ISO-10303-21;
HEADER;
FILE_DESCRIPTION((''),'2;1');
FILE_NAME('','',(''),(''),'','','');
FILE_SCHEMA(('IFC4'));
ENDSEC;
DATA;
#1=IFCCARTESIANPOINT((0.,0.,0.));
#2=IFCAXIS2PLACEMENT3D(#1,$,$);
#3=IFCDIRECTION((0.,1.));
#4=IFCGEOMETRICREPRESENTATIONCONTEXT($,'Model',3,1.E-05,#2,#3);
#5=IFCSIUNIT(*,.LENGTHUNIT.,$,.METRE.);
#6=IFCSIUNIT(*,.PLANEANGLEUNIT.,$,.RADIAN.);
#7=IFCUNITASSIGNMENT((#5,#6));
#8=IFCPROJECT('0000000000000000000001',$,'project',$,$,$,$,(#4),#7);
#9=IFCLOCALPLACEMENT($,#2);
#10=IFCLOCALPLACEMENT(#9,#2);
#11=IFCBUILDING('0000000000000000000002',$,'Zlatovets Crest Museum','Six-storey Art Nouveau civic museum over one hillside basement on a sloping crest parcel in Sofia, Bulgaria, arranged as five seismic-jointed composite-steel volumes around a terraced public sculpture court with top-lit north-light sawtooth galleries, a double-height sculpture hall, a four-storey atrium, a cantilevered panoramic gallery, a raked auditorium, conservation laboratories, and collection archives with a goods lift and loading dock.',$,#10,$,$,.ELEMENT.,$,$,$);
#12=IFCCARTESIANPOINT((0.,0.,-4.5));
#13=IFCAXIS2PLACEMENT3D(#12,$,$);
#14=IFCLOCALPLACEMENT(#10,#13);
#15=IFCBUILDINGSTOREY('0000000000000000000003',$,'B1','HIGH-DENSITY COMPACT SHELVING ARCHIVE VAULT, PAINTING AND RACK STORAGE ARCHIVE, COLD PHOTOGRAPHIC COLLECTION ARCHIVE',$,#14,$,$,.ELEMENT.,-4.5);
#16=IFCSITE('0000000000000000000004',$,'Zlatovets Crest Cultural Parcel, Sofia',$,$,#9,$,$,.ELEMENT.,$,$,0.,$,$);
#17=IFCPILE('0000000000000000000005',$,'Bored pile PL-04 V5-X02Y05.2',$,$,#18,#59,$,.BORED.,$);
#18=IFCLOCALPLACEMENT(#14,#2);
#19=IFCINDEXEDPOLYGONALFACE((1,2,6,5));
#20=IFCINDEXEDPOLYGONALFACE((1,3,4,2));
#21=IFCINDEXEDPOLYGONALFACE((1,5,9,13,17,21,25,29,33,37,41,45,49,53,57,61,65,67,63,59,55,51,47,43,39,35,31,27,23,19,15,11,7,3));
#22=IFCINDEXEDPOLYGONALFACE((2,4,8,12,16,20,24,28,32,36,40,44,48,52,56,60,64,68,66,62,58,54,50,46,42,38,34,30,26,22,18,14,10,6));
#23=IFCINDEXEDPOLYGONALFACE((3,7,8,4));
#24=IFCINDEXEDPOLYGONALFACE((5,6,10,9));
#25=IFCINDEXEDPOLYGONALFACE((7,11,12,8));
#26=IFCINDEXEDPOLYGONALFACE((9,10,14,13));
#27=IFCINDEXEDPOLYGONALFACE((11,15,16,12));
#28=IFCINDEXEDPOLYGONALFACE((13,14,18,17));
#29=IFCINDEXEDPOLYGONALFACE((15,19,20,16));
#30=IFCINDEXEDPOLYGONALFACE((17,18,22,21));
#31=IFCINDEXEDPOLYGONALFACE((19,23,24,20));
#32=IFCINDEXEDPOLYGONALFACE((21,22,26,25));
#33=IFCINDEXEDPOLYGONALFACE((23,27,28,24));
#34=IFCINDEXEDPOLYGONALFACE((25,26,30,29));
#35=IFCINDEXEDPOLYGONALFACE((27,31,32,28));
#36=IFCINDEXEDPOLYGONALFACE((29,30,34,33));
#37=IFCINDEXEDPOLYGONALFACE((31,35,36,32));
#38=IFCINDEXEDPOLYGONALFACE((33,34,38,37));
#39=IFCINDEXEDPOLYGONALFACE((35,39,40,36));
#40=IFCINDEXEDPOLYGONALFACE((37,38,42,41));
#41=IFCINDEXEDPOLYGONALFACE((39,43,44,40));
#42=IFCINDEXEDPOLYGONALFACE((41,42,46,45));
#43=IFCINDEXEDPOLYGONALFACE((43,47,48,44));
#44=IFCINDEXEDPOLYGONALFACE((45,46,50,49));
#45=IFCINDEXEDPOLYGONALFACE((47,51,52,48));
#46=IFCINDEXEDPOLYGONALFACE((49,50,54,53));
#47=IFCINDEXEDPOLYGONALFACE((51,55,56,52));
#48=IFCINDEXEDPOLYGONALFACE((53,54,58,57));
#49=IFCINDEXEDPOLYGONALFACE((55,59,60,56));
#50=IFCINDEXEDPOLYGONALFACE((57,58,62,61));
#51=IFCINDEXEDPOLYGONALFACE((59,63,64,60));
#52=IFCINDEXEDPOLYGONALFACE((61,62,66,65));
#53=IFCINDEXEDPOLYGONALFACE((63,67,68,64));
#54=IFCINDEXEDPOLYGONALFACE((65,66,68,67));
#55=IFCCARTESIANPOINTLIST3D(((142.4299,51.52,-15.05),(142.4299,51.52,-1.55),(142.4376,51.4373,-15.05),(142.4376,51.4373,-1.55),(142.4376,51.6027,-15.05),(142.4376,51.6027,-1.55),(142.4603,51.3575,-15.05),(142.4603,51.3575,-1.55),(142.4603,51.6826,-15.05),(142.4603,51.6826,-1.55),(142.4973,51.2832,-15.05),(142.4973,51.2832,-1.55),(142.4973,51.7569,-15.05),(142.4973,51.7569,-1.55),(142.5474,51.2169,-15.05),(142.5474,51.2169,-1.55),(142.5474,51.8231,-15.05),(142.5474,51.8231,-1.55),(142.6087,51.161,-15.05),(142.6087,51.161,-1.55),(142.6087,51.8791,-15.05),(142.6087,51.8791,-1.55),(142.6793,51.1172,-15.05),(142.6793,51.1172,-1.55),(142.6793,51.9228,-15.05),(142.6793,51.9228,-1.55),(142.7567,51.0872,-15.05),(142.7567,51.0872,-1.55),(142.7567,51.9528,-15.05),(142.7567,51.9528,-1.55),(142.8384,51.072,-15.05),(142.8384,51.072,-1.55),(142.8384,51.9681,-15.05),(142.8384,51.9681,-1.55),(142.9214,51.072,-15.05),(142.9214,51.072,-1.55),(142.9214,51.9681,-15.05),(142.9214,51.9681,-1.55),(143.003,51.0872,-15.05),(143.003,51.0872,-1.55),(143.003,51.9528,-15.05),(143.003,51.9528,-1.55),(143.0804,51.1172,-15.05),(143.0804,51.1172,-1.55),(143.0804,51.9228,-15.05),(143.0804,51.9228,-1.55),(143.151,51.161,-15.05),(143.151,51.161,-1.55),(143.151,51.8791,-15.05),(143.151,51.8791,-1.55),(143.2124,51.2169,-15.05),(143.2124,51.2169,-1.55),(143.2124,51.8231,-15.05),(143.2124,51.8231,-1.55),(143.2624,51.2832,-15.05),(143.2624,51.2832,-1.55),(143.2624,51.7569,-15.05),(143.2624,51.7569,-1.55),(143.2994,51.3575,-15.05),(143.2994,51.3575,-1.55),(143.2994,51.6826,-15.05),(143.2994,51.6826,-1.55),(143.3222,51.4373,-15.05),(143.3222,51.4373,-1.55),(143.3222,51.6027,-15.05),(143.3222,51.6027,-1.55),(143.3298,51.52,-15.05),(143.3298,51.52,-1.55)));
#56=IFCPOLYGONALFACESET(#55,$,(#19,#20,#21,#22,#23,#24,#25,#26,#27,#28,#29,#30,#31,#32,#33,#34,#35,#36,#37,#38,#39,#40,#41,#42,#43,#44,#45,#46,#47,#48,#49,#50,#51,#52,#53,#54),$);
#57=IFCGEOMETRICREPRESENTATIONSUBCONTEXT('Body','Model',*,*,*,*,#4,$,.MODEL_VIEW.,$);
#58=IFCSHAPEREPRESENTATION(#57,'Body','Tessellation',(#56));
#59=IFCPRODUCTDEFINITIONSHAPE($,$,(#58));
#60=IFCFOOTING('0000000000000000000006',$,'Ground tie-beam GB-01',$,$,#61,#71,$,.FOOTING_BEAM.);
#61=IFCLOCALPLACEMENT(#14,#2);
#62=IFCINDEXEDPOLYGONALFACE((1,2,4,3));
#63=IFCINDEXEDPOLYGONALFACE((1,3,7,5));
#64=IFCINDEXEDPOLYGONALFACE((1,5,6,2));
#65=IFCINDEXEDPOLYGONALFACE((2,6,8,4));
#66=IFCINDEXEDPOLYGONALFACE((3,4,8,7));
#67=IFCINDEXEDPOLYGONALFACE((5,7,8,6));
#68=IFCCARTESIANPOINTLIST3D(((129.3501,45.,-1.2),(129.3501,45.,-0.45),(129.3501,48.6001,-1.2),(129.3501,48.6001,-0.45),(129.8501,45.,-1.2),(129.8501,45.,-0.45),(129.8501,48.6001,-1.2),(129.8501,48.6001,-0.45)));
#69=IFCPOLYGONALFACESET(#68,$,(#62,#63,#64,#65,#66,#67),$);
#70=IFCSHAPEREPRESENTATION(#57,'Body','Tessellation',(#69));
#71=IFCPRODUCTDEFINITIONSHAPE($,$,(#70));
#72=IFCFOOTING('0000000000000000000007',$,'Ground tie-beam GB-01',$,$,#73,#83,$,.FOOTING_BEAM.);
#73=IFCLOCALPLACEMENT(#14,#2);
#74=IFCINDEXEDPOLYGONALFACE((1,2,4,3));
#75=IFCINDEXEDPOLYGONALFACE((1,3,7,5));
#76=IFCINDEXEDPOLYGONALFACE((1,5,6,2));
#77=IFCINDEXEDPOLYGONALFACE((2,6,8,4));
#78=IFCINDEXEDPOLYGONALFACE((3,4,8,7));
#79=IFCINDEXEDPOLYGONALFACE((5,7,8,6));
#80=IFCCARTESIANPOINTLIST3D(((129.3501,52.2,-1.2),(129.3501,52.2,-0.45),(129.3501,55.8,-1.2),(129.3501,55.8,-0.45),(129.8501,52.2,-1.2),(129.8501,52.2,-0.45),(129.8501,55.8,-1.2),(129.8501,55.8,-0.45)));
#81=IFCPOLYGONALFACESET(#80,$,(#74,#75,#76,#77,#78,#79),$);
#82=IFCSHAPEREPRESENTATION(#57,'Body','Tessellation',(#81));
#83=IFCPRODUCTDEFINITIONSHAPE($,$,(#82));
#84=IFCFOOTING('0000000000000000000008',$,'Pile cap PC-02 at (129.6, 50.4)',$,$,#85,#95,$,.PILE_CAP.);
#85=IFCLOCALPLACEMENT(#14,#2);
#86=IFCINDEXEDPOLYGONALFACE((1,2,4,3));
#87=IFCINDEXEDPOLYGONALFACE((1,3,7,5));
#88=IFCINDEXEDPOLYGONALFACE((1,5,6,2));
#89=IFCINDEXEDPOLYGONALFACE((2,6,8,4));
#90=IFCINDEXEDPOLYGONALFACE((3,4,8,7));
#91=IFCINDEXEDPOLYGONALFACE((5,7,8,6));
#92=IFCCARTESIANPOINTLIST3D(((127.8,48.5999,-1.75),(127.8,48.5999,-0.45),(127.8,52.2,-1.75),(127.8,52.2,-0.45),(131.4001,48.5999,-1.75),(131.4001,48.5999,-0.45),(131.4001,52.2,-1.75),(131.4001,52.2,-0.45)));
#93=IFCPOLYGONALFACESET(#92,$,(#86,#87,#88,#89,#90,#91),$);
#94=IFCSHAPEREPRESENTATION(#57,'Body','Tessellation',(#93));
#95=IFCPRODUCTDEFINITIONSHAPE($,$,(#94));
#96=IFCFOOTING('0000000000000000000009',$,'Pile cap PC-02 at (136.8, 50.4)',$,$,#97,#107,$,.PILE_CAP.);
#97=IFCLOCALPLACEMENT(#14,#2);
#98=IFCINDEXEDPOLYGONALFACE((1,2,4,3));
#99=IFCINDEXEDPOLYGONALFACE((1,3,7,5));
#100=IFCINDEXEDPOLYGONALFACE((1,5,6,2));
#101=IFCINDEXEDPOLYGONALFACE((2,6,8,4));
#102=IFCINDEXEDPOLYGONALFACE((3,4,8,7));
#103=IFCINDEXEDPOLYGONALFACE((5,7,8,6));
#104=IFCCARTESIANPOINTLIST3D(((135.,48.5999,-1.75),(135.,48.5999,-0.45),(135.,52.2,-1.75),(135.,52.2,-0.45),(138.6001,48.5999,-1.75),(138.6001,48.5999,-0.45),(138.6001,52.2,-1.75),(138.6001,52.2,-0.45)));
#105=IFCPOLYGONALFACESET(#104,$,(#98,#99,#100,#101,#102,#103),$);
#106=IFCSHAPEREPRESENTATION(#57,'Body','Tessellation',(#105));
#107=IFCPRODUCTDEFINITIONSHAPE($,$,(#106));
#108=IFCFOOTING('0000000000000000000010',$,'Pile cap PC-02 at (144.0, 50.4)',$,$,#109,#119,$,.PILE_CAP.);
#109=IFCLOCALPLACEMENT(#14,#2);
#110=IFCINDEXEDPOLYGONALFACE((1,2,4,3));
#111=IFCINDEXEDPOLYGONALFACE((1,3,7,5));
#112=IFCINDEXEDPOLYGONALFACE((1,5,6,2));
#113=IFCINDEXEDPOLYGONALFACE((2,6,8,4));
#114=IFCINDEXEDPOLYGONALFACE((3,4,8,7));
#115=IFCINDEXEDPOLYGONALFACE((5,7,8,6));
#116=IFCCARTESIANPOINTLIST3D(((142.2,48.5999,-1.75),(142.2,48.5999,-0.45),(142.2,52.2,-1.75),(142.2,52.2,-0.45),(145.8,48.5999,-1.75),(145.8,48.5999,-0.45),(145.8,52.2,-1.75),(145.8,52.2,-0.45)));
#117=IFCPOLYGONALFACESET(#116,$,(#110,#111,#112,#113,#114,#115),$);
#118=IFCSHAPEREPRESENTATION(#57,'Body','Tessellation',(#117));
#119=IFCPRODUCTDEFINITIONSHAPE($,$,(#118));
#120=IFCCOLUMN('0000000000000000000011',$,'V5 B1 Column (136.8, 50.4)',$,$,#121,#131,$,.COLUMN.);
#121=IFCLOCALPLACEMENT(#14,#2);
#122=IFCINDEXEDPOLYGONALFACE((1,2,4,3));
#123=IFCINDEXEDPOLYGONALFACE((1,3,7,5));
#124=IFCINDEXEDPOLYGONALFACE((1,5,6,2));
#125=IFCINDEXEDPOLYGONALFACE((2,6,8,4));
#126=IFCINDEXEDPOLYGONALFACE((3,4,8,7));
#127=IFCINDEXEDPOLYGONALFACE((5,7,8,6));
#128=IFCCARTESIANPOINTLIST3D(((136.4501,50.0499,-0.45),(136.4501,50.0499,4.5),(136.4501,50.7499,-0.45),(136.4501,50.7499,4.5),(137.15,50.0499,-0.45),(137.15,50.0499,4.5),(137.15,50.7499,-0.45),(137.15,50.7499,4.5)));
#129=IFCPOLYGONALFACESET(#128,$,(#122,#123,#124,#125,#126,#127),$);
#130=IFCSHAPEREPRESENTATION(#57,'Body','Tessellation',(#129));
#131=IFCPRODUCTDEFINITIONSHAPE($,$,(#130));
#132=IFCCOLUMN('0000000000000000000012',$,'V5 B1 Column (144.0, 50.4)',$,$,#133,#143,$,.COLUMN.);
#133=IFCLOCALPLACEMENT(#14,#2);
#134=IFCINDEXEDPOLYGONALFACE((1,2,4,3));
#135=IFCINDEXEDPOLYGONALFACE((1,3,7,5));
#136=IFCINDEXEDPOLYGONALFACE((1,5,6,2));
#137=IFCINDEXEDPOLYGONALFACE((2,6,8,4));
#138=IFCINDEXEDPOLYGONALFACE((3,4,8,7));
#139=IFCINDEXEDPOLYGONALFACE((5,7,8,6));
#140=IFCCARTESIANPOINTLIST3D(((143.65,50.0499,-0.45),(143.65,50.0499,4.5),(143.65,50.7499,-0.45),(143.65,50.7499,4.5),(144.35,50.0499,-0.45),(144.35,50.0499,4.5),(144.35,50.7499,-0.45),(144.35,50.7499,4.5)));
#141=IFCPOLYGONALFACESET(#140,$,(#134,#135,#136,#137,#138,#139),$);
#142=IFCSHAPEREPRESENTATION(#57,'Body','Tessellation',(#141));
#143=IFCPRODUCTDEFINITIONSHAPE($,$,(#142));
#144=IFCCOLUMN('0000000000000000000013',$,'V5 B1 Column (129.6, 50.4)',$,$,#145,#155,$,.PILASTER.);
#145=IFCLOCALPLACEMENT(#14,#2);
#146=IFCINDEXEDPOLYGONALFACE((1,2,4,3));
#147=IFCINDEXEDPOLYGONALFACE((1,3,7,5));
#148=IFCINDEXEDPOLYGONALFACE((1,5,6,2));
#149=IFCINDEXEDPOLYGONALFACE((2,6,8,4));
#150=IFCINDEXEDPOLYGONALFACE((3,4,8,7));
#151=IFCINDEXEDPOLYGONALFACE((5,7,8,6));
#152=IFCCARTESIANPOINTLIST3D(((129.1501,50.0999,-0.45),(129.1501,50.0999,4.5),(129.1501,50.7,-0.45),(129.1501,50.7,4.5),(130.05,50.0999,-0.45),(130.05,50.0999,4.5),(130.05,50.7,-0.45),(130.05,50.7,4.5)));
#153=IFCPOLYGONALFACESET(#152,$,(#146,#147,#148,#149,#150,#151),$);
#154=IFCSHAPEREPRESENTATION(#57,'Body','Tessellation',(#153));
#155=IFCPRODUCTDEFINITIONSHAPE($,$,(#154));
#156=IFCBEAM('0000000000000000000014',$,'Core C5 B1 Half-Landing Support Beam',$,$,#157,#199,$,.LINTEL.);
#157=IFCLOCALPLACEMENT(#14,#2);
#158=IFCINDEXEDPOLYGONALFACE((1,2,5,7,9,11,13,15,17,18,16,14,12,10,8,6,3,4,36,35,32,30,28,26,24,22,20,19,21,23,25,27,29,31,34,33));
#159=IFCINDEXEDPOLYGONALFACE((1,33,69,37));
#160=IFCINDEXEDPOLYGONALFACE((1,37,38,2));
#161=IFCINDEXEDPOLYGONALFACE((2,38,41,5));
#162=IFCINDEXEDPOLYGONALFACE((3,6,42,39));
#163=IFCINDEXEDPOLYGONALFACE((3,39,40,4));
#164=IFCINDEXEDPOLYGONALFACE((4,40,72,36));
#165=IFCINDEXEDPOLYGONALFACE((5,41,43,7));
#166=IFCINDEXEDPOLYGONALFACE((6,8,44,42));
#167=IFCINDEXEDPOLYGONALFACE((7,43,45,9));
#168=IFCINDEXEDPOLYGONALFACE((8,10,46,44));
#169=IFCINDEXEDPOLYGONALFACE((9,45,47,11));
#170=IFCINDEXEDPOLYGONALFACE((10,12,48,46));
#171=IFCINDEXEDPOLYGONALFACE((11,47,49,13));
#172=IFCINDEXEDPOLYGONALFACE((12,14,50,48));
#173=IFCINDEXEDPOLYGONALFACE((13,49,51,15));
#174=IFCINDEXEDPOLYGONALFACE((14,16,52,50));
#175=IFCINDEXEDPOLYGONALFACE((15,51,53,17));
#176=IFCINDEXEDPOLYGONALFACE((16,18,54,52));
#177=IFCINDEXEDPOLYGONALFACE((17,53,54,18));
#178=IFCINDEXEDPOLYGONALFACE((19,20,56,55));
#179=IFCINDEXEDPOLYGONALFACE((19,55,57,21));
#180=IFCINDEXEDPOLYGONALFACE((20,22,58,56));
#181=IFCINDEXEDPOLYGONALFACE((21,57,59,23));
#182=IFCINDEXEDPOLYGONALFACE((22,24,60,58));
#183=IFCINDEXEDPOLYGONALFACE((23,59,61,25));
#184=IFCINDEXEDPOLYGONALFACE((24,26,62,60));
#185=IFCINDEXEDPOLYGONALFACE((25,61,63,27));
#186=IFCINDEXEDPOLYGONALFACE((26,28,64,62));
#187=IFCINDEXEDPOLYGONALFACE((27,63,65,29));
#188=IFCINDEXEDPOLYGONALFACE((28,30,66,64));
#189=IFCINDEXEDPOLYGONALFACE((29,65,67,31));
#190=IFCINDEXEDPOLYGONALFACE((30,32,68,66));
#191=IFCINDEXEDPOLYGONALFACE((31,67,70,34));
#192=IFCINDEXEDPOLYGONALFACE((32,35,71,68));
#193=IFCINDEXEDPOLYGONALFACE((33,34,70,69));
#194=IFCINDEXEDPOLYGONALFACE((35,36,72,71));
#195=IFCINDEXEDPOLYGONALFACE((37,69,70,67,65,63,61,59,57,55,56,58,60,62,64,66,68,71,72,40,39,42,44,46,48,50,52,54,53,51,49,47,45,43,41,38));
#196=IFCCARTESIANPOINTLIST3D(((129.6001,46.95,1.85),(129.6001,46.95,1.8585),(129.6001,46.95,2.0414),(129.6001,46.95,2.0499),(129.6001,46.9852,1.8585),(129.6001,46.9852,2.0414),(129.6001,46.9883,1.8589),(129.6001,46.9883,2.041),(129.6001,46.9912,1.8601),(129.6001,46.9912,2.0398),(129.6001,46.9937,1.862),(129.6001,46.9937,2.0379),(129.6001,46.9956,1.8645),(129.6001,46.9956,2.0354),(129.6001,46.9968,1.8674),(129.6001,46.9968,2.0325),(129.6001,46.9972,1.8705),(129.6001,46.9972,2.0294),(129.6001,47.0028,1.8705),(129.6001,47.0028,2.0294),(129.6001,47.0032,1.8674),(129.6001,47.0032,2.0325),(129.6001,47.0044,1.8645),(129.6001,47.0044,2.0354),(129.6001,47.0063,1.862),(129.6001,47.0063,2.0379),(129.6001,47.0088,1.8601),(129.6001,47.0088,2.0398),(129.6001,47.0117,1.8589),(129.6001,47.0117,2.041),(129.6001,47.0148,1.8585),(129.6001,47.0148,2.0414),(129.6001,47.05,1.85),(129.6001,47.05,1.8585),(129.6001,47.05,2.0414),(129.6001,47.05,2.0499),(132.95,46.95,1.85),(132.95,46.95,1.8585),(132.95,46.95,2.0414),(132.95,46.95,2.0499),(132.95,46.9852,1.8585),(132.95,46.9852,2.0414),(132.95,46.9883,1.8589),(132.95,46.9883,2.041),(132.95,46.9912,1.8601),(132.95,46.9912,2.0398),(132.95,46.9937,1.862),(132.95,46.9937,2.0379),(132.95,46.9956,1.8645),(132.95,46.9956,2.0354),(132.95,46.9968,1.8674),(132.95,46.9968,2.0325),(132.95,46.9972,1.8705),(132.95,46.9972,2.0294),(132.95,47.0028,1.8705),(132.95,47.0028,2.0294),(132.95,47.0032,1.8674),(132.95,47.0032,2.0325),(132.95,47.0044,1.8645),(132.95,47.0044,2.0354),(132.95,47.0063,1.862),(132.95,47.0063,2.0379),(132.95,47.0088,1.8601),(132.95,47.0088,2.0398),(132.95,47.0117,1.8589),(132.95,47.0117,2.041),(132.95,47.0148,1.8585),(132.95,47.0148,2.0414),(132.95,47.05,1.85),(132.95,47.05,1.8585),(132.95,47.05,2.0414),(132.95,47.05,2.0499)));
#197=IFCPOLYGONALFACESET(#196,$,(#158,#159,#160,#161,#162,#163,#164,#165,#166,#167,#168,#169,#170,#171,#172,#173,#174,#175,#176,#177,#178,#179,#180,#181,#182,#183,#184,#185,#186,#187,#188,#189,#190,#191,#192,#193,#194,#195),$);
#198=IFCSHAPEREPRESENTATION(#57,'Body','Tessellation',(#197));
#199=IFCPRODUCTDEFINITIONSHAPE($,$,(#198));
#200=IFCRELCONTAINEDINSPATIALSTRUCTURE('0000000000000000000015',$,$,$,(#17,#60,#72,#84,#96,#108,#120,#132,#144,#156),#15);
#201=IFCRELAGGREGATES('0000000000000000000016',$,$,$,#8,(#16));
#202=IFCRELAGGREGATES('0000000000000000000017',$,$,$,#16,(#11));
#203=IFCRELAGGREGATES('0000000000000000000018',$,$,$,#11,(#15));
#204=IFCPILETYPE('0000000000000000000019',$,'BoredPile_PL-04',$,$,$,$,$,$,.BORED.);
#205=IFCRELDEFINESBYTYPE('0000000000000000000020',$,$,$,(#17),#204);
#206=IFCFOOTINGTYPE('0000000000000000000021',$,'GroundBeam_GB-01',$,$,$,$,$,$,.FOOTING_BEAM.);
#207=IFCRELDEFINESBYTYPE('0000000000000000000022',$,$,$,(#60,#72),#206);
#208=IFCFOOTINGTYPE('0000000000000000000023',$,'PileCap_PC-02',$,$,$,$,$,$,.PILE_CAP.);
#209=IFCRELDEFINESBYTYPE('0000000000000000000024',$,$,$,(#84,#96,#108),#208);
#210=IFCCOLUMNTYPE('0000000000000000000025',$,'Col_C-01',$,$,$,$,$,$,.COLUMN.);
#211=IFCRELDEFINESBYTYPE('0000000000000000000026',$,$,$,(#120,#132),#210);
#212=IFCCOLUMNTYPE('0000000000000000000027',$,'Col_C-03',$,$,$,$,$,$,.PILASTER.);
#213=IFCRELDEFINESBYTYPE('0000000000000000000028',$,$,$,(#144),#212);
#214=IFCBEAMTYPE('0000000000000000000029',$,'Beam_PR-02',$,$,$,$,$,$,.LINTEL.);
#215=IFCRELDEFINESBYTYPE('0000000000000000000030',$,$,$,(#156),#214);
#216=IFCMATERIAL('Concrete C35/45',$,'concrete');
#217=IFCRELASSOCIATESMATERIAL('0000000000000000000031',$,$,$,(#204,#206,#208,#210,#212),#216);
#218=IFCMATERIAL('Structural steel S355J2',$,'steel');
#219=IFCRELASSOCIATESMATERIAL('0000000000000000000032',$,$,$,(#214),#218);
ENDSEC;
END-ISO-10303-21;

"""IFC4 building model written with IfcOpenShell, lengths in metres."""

from ifc_helpers import new_model, si_unit, direction, frame, origin, origin_2d, place, context, subcontext, project, spatial, rectangle, circle, i_section, extrude, material, material_profile, profile_set, type_object, element, save


model = new_model("IFC4")

# Units and contexts
model_context = context("Model", 3, precision=1e-05, world=origin(), true_north=direction((0.0, 1.0)))
body_context = subcontext(model_context, "Body", "Model", "MODEL_VIEW")
ifc_project = project(units=[si_unit("LENGTHUNIT", "METRE"), si_unit("PLANEANGLEUNIT", "RADIAN")], contexts=[model_context])

# Site, building, storey
site_placement = place(None, origin())
site = spatial("IfcSite", under=ifc_project, at=site_placement, Name="Zlatovets Crest Cultural Parcel, Sofia", CompositionType="ELEMENT", RefElevation=0.0)
building_placement = place(site_placement, origin())
building = spatial("IfcBuilding", under=site, at=building_placement, Name="Zlatovets Crest Museum", Description="Six-storey Art Nouveau civic museum over one hillside basement on a sloping crest parcel in Sofia, Bulgaria, arranged as five seismic-jointed composite-steel volumes around a terraced public sculpture court with top-lit north-light sawtooth galleries, a double-height sculpture hall, a four-storey atrium, a cantilevered panoramic gallery, a raked auditorium, conservation laboratories, and collection archives with a goods lift and loading dock.", CompositionType="ELEMENT")
storey_placement = place(building_placement, frame((0.0, 0.0, -4.5)))
storey = spatial("IfcBuildingStorey", under=building, at=storey_placement, Name="B1", Description="HIGH-DENSITY COMPACT SHELVING ARCHIVE VAULT, PAINTING AND RACK STORAGE ARCHIVE, COLD PHOTOGRAPHIC COLLECTION ARCHIVE", CompositionType="ELEMENT", Elevation=-4.5)

# Pile
ifc_material_1 = material(Name="Concrete C35/45", Category="concrete")
ifc_material_profile_1 = material_profile(ifc_material_1, circle(Radius=0.45, at=origin_2d()), Name="PILE D900")
ifc_profile_set_1 = profile_set([ifc_material_profile_1], Name="Concrete C35/45")
pile_type = type_object("IfcPileType", Name="BoredPile_PL-04", PredefinedType="BORED", material=ifc_profile_set_1)
for number, where, z_axis, x_axis, name in (
    (1, (142.8799, 51.52, -1.55), (0.0, 0.0, -1.0), (1.0, 0.0, 0.0), "Bored pile PL-04 V5-X02Y05.2"),
):
    element("IfcPile", number, at=place(storey_placement, frame(where, z_axis=z_axis, x_axis=x_axis)), inside=storey, type_object=pile_type, Name=name, PredefinedType="BORED", context=body_context, shape_type="SweptSolid", body=[
        extrude(circle(Radius=0.45, at=origin_2d()), origin(), (0.0, 0.0, 1.0), 13.5),
    ])

# Footings
ifc_material_profile_2 = material_profile(ifc_material_1, rectangle(XDim=0.5, YDim=0.75, at=origin_2d()), Name="RC 500x750")
ifc_profile_set_2 = profile_set([ifc_material_profile_2], Name="Concrete C35/45")
footing_type_1 = type_object("IfcFootingType", Name="GroundBeam_GB-01", PredefinedType="FOOTING_BEAM", material=ifc_profile_set_2)
for number, where, z_axis, x_axis, name in (
    (2, (129.6001, 45.0, -0.825), (0.0, 1.0, 0.0), (-1.0, 0.0, 0.0), "Ground tie-beam GB-01"),
    (3, (129.6001, 52.2, -0.825), (0.0, 1.0, 0.0), (-1.0, 0.0, 0.0), "Ground tie-beam GB-01"),
):
    element("IfcFooting", number, at=place(storey_placement, frame(where, z_axis=z_axis, x_axis=x_axis)), inside=storey, type_object=footing_type_1, Name=name, PredefinedType="FOOTING_BEAM", context=body_context, shape_type="SweptSolid", body=[
        extrude(rectangle(XDim=0.5, YDim=0.75, at=origin_2d()), origin(), (0.0, 0.0, 1.0), 3.6001),
    ])
footing_type_2 = type_object("IfcFootingType", Name="PileCap_PC-02", PredefinedType="PILE_CAP", material=ifc_material_1)
for number, where, z_axis, x_axis, name in (
    (4, (129.6001, 50.3999, -1.75), (0.0, 0.0, 1.0), (1.0, 0.0, 0.0), "Pile cap PC-02 at (129.6, 50.4)"),
    (5, (136.8, 50.3999, -1.75), (0.0, 0.0, 1.0), (1.0, 0.0, 0.0), "Pile cap PC-02 at (136.8, 50.4)"),
    (6, (144.0, 50.3999, -1.75), (0.0, 0.0, 1.0), (1.0, 0.0, 0.0), "Pile cap PC-02 at (144.0, 50.4)"),
):
    element("IfcFooting", number, at=place(storey_placement, frame(where, z_axis=z_axis, x_axis=x_axis)), inside=storey, type_object=footing_type_2, Name=name, PredefinedType="PILE_CAP", context=body_context, shape_type="SweptSolid", body=[
        extrude(rectangle(XDim=3.6001, YDim=3.6001, at=origin_2d()), origin(), (0.0, 0.0, 1.0), 1.3),
    ])

# Columns
ifc_material_profile_3 = material_profile(ifc_material_1, rectangle(XDim=0.7, YDim=0.7, at=origin_2d()), Name="RC 700x700")
ifc_profile_set_3 = profile_set([ifc_material_profile_3], Name="Concrete C35/45")
column_type_1 = type_object("IfcColumnType", Name="Col_C-01", PredefinedType="COLUMN", material=ifc_profile_set_3)
for number, where, z_axis, x_axis, name in (
    (7, (136.8, 50.3999, -0.45), (0.0, 0.0, 1.0), (1.0, 0.0, 0.0), "V5 B1 Column (136.8, 50.4)"),
    (8, (144.0, 50.3999, -0.45), (0.0, 0.0, 1.0), (0.0, 1.0, 0.0), "V5 B1 Column (144.0, 50.4)"),
):
    element("IfcColumn", number, at=place(storey_placement, frame(where, z_axis=z_axis, x_axis=x_axis)), inside=storey, type_object=column_type_1, Name=name, PredefinedType="COLUMN", context=body_context, shape_type="SweptSolid", body=[
        extrude(rectangle(XDim=0.7, YDim=0.7, at=origin_2d()), origin(), (0.0, 0.0, 1.0), 4.95),
    ])
ifc_material_profile_4 = material_profile(ifc_material_1, rectangle(XDim=0.6001, YDim=0.8999, at=origin_2d()), Name="RC 600x900")
ifc_profile_set_4 = profile_set([ifc_material_profile_4], Name="Concrete C35/45")
column_type_2 = type_object("IfcColumnType", Name="Col_C-03", PredefinedType="PILASTER", material=ifc_profile_set_4)
column_placement = place(storey_placement, frame((129.6001, 50.3999, -0.45), z_axis=(0.0, 0.0, 1.0), x_axis=(0.0, 1.0, 0.0)))
element("IfcColumn", 9, at=column_placement, inside=storey, type_object=column_type_2, Name="V5 B1 Column (129.6, 50.4)", PredefinedType="PILASTER", context=body_context, shape_type="SweptSolid", body=[
    extrude(rectangle(XDim=0.6001, YDim=0.8999, at=origin_2d()), origin(), (0.0, 0.0, 1.0), 4.95),
])

# Beam
ifc_material_2 = material(Name="Structural steel S355J2", Category="steel")
ifc_material_profile_5 = material_profile(ifc_material_2, i_section(OverallWidth=0.1001, OverallDepth=0.2, WebThickness=0.0056, FlangeThickness=0.0085, FilletRadius=0.012, at=origin_2d()), Name="IPE 200")
ifc_profile_set_5 = profile_set([ifc_material_profile_5], Name="Structural steel S355J2")
beam_type = type_object("IfcBeamType", Name="Beam_PR-02", PredefinedType="LINTEL", material=ifc_profile_set_5)
for number, where, z_axis, x_axis, name in (
    (10, (129.6001, 47.0, 1.95), (1.0, 0.0, 0.0), (0.0, 1.0, 0.0), "Core C5 B1 Half-Landing Support Beam"),
):
    element("IfcBeam", number, at=place(storey_placement, frame(where, z_axis=z_axis, x_axis=x_axis)), inside=storey, type_object=beam_type, Name=name, PredefinedType="LINTEL", context=body_context, shape_type="SweptSolid", body=[
        extrude(i_section(OverallWidth=0.1001, OverallDepth=0.2, WebThickness=0.0056, FlangeThickness=0.0085, FilletRadius=0.012, at=origin_2d()), origin(), (0.0, 0.0, 1.0), 3.3499),
    ])

save(model, "model.ifc")
